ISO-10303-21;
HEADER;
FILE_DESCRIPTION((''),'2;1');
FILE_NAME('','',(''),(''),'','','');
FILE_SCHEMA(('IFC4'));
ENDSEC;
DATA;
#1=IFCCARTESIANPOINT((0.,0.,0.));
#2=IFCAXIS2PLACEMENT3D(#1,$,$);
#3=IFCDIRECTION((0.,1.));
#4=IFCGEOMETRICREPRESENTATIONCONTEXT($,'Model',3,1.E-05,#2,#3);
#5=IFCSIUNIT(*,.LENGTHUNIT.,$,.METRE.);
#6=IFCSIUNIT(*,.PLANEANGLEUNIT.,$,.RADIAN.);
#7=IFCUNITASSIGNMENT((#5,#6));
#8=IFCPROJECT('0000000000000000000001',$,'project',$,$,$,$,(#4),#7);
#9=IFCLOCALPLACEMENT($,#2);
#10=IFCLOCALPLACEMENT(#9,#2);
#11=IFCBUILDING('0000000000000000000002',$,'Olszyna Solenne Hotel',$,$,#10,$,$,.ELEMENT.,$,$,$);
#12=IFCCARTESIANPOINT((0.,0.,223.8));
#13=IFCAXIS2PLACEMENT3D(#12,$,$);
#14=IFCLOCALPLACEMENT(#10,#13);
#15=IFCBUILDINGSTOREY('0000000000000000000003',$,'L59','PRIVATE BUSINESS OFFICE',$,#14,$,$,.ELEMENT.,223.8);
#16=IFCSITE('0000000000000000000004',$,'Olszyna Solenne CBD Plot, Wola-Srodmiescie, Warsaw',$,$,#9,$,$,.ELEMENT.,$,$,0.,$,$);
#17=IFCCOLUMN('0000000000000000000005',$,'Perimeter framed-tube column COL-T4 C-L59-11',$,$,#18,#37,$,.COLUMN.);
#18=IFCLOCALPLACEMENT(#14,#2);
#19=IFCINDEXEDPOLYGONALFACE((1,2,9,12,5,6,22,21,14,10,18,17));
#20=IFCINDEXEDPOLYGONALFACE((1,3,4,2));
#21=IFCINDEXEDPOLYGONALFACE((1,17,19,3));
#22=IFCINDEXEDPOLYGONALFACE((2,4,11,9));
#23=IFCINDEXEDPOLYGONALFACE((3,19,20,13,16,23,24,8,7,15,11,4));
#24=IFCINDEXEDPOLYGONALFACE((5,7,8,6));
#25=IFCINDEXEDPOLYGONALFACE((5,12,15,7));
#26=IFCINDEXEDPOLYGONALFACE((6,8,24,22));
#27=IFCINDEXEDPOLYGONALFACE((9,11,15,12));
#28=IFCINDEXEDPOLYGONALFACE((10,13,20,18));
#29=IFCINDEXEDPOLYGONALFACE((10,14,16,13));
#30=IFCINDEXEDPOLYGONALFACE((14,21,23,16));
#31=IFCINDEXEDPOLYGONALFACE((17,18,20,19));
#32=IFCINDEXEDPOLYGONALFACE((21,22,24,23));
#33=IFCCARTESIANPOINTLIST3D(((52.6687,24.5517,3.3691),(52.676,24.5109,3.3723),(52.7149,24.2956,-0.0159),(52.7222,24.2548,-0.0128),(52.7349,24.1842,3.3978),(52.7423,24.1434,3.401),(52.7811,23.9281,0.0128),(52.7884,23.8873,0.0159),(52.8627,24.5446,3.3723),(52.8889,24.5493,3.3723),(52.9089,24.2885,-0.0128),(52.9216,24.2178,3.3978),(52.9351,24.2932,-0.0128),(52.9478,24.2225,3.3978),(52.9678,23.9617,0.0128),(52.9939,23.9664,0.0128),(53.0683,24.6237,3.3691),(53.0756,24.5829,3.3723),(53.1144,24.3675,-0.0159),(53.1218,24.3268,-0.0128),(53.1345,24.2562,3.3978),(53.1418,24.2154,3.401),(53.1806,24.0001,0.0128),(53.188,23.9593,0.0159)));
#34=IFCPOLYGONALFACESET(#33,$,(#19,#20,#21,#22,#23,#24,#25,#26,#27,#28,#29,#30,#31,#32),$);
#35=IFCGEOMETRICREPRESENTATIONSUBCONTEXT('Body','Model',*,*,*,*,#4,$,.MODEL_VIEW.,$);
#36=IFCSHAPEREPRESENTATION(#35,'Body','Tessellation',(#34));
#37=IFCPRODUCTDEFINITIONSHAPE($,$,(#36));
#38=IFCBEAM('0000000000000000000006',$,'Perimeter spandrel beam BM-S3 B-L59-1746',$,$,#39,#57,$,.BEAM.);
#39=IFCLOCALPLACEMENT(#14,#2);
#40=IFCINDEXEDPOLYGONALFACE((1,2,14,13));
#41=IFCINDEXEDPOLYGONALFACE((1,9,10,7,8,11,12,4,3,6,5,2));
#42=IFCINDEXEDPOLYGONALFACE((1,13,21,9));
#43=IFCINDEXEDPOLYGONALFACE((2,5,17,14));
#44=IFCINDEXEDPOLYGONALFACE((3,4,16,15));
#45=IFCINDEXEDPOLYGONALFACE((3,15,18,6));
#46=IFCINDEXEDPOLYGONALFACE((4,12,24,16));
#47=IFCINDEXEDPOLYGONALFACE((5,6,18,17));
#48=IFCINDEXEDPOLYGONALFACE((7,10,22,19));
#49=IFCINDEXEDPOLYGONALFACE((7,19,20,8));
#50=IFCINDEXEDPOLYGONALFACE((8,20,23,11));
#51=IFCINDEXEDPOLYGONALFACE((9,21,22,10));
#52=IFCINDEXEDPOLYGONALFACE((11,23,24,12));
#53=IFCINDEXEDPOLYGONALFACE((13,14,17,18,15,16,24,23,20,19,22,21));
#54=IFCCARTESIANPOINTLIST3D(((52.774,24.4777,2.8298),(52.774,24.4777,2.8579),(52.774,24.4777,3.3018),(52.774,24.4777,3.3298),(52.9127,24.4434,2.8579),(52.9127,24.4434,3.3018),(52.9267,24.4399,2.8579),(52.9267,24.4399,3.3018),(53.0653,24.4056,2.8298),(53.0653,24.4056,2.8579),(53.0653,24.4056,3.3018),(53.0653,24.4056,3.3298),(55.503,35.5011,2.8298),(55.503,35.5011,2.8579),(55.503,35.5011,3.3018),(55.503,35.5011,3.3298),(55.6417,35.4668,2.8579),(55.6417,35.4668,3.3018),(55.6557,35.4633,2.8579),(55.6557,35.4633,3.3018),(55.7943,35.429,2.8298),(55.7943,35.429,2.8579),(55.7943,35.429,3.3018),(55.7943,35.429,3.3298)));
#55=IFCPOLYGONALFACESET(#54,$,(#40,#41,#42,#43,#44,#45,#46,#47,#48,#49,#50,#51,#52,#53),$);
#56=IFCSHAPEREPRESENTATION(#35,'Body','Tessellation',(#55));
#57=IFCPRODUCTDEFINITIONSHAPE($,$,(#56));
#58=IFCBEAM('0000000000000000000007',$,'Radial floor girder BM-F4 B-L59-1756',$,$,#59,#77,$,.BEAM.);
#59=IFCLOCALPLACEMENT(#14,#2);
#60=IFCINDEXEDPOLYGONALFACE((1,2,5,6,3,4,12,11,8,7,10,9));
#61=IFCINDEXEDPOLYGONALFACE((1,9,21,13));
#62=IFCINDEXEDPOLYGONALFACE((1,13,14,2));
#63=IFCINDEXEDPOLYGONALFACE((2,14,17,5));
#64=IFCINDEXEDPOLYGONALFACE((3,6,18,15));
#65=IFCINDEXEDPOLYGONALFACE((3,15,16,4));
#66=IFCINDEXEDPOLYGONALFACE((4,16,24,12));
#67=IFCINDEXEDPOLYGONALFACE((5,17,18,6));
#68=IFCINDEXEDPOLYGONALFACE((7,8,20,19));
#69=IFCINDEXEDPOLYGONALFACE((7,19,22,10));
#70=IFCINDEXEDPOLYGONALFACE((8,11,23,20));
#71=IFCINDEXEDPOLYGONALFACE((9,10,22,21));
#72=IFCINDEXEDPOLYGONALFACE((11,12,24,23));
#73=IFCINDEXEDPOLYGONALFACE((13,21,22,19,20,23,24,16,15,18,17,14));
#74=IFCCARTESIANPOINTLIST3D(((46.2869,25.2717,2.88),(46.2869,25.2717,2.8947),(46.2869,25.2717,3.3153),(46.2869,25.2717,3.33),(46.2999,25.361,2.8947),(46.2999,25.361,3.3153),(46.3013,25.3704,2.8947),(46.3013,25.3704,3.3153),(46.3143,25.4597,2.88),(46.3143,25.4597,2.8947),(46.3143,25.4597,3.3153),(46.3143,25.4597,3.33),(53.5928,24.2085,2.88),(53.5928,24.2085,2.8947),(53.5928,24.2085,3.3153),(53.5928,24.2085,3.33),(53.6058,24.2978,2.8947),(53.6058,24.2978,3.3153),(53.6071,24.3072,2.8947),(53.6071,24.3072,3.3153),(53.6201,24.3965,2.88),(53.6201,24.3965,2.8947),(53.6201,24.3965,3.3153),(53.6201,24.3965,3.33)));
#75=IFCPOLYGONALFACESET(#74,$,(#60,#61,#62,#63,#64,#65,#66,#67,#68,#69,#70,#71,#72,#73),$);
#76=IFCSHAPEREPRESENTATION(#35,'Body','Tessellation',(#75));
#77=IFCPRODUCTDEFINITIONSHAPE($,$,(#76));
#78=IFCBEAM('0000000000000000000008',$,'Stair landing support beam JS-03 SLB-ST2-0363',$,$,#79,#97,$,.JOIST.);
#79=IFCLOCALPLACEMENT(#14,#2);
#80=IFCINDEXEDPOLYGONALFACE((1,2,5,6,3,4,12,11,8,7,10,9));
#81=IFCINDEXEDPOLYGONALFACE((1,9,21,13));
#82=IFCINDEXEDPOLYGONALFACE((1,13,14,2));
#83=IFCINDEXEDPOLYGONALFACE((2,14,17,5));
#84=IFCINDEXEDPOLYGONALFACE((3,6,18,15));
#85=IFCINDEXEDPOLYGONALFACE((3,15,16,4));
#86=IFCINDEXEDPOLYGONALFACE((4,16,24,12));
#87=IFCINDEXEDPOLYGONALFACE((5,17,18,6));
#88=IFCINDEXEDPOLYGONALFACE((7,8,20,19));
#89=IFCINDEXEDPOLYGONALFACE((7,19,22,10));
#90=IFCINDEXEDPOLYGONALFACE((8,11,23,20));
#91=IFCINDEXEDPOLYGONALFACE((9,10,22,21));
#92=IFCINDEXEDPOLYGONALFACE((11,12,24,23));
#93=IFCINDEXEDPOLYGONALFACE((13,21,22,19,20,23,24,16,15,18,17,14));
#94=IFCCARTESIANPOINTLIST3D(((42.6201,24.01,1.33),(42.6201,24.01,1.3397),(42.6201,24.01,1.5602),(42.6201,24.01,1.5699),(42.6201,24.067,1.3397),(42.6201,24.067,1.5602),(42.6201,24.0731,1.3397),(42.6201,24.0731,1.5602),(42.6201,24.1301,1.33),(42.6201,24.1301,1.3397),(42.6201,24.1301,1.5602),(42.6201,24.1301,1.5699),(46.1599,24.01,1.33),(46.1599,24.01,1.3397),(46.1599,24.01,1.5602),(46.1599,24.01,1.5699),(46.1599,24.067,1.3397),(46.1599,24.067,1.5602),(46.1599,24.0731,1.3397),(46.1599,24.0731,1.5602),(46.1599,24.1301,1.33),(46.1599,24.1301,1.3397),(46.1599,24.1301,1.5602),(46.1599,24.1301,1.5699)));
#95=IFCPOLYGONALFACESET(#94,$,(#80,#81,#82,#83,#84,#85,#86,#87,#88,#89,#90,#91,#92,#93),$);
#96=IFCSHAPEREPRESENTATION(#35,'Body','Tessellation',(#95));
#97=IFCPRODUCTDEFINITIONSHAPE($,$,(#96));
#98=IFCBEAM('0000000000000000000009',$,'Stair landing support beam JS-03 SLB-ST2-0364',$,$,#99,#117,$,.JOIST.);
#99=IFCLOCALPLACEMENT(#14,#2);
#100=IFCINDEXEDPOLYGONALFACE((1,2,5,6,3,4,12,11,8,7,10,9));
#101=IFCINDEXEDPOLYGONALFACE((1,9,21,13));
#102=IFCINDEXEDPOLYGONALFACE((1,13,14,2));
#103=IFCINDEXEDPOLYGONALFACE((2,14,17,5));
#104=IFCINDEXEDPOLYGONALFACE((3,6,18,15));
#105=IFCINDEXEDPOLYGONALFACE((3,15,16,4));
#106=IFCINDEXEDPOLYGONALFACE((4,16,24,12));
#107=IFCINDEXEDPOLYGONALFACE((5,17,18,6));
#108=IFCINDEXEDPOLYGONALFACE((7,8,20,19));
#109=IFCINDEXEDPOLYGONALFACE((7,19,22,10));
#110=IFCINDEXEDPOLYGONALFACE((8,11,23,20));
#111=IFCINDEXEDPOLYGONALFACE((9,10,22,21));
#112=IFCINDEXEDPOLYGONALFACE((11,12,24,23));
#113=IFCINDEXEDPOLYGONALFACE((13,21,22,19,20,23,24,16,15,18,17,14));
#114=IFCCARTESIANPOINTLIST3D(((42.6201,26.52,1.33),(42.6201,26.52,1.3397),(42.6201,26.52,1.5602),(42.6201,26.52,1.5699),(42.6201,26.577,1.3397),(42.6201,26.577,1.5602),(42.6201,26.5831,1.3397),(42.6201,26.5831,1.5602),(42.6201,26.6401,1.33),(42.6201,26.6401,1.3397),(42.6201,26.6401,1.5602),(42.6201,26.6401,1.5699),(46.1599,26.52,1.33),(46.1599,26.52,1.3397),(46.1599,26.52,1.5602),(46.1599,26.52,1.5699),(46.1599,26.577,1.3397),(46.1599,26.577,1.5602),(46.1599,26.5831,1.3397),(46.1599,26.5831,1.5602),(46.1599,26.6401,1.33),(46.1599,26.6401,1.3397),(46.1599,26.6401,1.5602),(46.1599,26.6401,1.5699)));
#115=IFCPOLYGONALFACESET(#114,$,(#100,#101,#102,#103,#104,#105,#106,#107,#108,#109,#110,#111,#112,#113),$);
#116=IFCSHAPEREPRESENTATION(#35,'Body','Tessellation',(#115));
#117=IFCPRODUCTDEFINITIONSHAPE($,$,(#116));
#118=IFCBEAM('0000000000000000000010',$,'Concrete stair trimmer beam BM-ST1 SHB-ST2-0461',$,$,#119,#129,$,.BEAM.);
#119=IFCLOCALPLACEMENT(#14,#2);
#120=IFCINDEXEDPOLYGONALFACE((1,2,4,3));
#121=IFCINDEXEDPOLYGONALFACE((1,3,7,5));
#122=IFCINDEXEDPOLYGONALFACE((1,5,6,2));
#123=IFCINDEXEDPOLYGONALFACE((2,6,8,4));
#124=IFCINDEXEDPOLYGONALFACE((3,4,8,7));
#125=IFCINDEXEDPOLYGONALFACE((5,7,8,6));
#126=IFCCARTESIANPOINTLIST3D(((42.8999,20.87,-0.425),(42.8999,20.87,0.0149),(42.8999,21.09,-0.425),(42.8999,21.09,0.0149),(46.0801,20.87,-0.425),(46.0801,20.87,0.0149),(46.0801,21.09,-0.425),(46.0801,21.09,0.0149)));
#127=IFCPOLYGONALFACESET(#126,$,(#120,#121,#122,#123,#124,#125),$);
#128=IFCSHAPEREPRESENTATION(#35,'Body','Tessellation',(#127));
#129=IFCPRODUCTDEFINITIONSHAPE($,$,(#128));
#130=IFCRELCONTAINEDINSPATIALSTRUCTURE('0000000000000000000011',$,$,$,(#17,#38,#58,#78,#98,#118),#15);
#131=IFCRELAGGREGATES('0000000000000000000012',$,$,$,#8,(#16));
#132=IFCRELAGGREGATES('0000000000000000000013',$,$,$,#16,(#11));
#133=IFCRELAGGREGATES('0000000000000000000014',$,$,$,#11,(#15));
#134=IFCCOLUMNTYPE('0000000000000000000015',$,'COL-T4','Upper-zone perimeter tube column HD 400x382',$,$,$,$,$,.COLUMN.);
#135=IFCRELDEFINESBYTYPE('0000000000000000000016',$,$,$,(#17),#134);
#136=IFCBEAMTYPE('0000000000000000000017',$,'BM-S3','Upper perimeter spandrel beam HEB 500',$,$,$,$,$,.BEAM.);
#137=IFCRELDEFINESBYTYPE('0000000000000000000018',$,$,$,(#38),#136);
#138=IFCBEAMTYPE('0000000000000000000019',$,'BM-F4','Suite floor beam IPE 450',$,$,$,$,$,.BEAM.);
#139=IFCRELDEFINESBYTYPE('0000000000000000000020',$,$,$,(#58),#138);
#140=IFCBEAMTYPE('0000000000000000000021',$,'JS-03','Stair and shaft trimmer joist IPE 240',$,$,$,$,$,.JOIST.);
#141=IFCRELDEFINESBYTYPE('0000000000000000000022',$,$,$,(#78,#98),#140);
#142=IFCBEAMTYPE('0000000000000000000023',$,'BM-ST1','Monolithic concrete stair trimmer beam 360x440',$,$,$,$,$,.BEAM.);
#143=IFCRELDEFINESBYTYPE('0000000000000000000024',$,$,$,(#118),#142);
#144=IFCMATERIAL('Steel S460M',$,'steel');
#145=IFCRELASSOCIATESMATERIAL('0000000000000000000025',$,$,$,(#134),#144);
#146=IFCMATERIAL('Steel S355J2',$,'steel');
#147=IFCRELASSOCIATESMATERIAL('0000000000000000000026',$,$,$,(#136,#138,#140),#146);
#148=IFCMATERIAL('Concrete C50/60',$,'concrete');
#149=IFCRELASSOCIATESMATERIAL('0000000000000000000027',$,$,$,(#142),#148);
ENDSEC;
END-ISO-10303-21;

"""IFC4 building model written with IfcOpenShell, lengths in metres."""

from ifc_helpers import new_model, si_unit, direction, frame, origin, origin_2d, place, context, subcontext, project, spatial, rectangle, i_section, extrude, source, transform, mapped, material, material_profile, profile_set, type_object, element, save


model = new_model("IFC4")

# Units and contexts
model_context = context("Model", 3, precision=1e-05, world=origin(), true_north=direction((0.0, 1.0)))
body_context = subcontext(model_context, "Body", "Model", "MODEL_VIEW")
ifc_project = project(units=[si_unit("LENGTHUNIT", "METRE"), si_unit("PLANEANGLEUNIT", "RADIAN")], contexts=[model_context])

# Site, building, storey
site_placement = place(None, origin())
site = spatial("IfcSite", under=ifc_project, at=site_placement, Name="Olszyna Solenne CBD Plot, Wola-Srodmiescie, Warsaw", CompositionType="ELEMENT", RefElevation=0.0)
building_placement = place(site_placement, origin())
building = spatial("IfcBuilding", under=site, at=building_placement, Name="Olszyna Solenne Hotel", CompositionType="ELEMENT")
storey_placement = place(building_placement, frame((0.0, 0.0, 223.8)))
storey = spatial("IfcBuildingStorey", under=building, at=storey_placement, Name="L59", Description="PRIVATE BUSINESS OFFICE", CompositionType="ELEMENT", Elevation=223.8)

# Column
ifc_material_1 = material(Name="Steel S460M", Category="steel")
ifc_material_profile_1 = material_profile(ifc_material_1, i_section(OverallWidth=0.406, OverallDepth=0.416, WebThickness=0.0266, FlangeThickness=0.0415, at=origin_2d()), Name="HD 400x382", Category="load-bearing")
ifc_profile_set_1 = profile_set([ifc_material_profile_1], Name="Steel S460M")
column_type = type_object("IfcColumnType", Name="COL-T4", Description="Upper-zone perimeter tube column HD 400x382", PredefinedType="COLUMN", material=ifc_profile_set_1)
shared_shape_1 = source(origin(), body_context, "Body", "SweptSolid", [
    extrude(i_section(OverallWidth=0.406, OverallDepth=0.416, WebThickness=0.0266, FlangeThickness=0.0415, at=origin_2d()), origin(), (0.0, 0.0, 1.0), 3.395),
])
column_placement = place(storey_placement, frame((52.9514, 24.1274, 0.0), z_axis=(-0.013591, 0.075436, 0.997058), x_axis=(-0.984154, -0.177317, 0.0)))
element("IfcColumn", 1, at=column_placement, inside=storey, type_object=column_type, Name="Perimeter framed-tube column COL-T4 C-L59-11", PredefinedType="COLUMN", context=body_context, shape_type="MappedRepresentation", body=[
    mapped(shared_shape_1, transform((0.0, 0.0, 0.0), x_axis=(1.0, 0.0, 0.0), y_axis=(0.0, 1.0, 0.0), z_axis=(0.0, 0.0, 1.0), scale=1.0)),
])

# Beams
ifc_material_2 = material(Name="Steel S355J2", Category="steel")
ifc_material_profile_2 = material_profile(ifc_material_2, i_section(OverallWidth=0.3, OverallDepth=0.5, WebThickness=0.0144, FlangeThickness=0.0281, at=origin_2d()), Name="HEB 500", Category="load-bearing")
ifc_profile_set_2 = profile_set([ifc_material_profile_2], Name="Steel S355J2")
beam_type_1 = type_object("IfcBeamType", Name="BM-S3", Description="Upper perimeter spandrel beam HEB 500", PredefinedType="BEAM", material=ifc_profile_set_2)
shared_shape_2 = source(origin(), body_context, "Body", "SweptSolid", [
    extrude(i_section(OverallWidth=0.3, OverallDepth=0.5, WebThickness=0.0144, FlangeThickness=0.0281, at=origin_2d()), origin(), (0.0, 0.0, 1.0), 11.3562),
])
beam_1_placement = place(storey_placement, frame((52.9197, 24.4417, 3.0798), z_axis=(0.240309, 0.970696, 0.0), x_axis=(-0.970696, 0.240309, 0.0)))
element("IfcBeam", 2, at=beam_1_placement, inside=storey, type_object=beam_type_1, Name="Perimeter spandrel beam BM-S3 B-L59-1746", PredefinedType="BEAM", context=body_context, shape_type="MappedRepresentation", body=[
    mapped(shared_shape_2, transform((0.0, 0.0, 0.0), x_axis=(1.0, 0.0, 0.0), y_axis=(0.0, 1.0, 0.0), z_axis=(0.0, 0.0, 1.0), scale=1.0)),
])
ifc_material_profile_3 = material_profile(ifc_material_2, i_section(OverallWidth=0.1899, OverallDepth=0.45, WebThickness=0.0095, FlangeThickness=0.0146, at=origin_2d()), Name="IPE 450", Category="load-bearing")
ifc_profile_set_3 = profile_set([ifc_material_profile_3], Name="Steel S355J2")
beam_type_2 = type_object("IfcBeamType", Name="BM-F4", Description="Suite floor beam IPE 450", PredefinedType="BEAM", material=ifc_profile_set_3)
shared_shape_3 = source(origin(), body_context, "Body", "SweptSolid", [
    extrude(i_section(OverallWidth=0.1899, OverallDepth=0.45, WebThickness=0.0095, FlangeThickness=0.0146, at=origin_2d()), origin(), (0.0, 0.0, 1.0), 7.3828),
])
beam_2_placement = place(storey_placement, frame((53.6064, 24.3025, 3.105), z_axis=(-0.989576, 0.144013, 0.0), x_axis=(-0.144013, -0.989576, 0.0)))
element("IfcBeam", 3, at=beam_2_placement, inside=storey, type_object=beam_type_2, Name="Radial floor girder BM-F4 B-L59-1756", PredefinedType="BEAM", context=body_context, shape_type="MappedRepresentation", body=[
    mapped(shared_shape_3, transform((0.0, 0.0, 0.0), x_axis=(1.0, 0.0, 0.0), y_axis=(0.0, 1.0, 0.0), z_axis=(0.0, 0.0, 1.0), scale=1.0)),
])
ifc_material_profile_4 = material_profile(ifc_material_2, i_section(OverallWidth=0.1201, OverallDepth=0.24, WebThickness=0.0061, FlangeThickness=0.0098, at=origin_2d()), Name="IPE 240", Category="load-bearing")
ifc_profile_set_4 = profile_set([ifc_material_profile_4], Name="Steel S355J2")
beam_type_3 = type_object("IfcBeamType", Name="JS-03", Description="Stair and shaft trimmer joist IPE 240", PredefinedType="JOIST", material=ifc_profile_set_4)
shared_shape_4 = source(origin(), body_context, "Body", "SweptSolid", [
    extrude(i_section(OverallWidth=0.1201, OverallDepth=0.24, WebThickness=0.0061, FlangeThickness=0.0098, at=origin_2d()), origin(), (0.0, 0.0, 1.0), 3.5398),
])
for number, where, z_axis, x_axis, name in (
    (4, (46.1599, 24.0701, 1.45), (-1.0, 0.0, 0.0), (0.0, -1.0, 0.0), "Stair landing support beam JS-03 SLB-ST2-0363"),
    (5, (46.1599, 26.5801, 1.45), (-1.0, 0.0, 0.0), (0.0, -1.0, 0.0), "Stair landing support beam JS-03 SLB-ST2-0364"),
):
    element("IfcBeam", number, at=place(storey_placement, frame(where, z_axis=z_axis, x_axis=x_axis)), inside=storey, type_object=beam_type_3, Name=name, PredefinedType="JOIST", context=body_context, shape_type="MappedRepresentation", body=[
        mapped(shared_shape_4, transform((0.0, 0.0, 0.0), x_axis=(1.0, 0.0, 0.0), y_axis=(0.0, 1.0, 0.0), z_axis=(0.0, 0.0, 1.0), scale=1.0)),
    ])
ifc_material_3 = material(Name="Concrete C50/60", Category="concrete")
ifc_material_profile_5 = material_profile(ifc_material_3, rectangle(XDim=0.22, YDim=0.4399, at=origin_2d()), Name="RC 220x440", Category="load-bearing")
ifc_profile_set_5 = profile_set([ifc_material_profile_5], Name="Concrete C50/60")
beam_type_4 = type_object("IfcBeamType", Name="BM-ST1", Description="Monolithic concrete stair trimmer beam 360x440", PredefinedType="BEAM", material=ifc_profile_set_5)
shared_shape_5 = source(origin(), body_context, "Body", "SweptSolid", [
    extrude(rectangle(XDim=0.22, YDim=0.4399, at=origin_2d()), origin(), (0.0, 0.0, 1.0), 3.1802),
])
beam_3_placement = place(storey_placement, frame((46.0801, 20.98, -0.2051), z_axis=(-1.0, 0.0, 0.0), x_axis=(0.0, -1.0, 0.0)))
element("IfcBeam", 6, at=beam_3_placement, inside=storey, type_object=beam_type_4, Name="Concrete stair trimmer beam BM-ST1 SHB-ST2-0461", PredefinedType="BEAM", context=body_context, shape_type="MappedRepresentation", body=[
    mapped(shared_shape_5, transform((0.0, 0.0, 0.0), x_axis=(1.0, 0.0, 0.0), y_axis=(0.0, 1.0, 0.0), z_axis=(0.0, 0.0, 1.0), scale=1.0)),
])

save(model, "model.ifc")
